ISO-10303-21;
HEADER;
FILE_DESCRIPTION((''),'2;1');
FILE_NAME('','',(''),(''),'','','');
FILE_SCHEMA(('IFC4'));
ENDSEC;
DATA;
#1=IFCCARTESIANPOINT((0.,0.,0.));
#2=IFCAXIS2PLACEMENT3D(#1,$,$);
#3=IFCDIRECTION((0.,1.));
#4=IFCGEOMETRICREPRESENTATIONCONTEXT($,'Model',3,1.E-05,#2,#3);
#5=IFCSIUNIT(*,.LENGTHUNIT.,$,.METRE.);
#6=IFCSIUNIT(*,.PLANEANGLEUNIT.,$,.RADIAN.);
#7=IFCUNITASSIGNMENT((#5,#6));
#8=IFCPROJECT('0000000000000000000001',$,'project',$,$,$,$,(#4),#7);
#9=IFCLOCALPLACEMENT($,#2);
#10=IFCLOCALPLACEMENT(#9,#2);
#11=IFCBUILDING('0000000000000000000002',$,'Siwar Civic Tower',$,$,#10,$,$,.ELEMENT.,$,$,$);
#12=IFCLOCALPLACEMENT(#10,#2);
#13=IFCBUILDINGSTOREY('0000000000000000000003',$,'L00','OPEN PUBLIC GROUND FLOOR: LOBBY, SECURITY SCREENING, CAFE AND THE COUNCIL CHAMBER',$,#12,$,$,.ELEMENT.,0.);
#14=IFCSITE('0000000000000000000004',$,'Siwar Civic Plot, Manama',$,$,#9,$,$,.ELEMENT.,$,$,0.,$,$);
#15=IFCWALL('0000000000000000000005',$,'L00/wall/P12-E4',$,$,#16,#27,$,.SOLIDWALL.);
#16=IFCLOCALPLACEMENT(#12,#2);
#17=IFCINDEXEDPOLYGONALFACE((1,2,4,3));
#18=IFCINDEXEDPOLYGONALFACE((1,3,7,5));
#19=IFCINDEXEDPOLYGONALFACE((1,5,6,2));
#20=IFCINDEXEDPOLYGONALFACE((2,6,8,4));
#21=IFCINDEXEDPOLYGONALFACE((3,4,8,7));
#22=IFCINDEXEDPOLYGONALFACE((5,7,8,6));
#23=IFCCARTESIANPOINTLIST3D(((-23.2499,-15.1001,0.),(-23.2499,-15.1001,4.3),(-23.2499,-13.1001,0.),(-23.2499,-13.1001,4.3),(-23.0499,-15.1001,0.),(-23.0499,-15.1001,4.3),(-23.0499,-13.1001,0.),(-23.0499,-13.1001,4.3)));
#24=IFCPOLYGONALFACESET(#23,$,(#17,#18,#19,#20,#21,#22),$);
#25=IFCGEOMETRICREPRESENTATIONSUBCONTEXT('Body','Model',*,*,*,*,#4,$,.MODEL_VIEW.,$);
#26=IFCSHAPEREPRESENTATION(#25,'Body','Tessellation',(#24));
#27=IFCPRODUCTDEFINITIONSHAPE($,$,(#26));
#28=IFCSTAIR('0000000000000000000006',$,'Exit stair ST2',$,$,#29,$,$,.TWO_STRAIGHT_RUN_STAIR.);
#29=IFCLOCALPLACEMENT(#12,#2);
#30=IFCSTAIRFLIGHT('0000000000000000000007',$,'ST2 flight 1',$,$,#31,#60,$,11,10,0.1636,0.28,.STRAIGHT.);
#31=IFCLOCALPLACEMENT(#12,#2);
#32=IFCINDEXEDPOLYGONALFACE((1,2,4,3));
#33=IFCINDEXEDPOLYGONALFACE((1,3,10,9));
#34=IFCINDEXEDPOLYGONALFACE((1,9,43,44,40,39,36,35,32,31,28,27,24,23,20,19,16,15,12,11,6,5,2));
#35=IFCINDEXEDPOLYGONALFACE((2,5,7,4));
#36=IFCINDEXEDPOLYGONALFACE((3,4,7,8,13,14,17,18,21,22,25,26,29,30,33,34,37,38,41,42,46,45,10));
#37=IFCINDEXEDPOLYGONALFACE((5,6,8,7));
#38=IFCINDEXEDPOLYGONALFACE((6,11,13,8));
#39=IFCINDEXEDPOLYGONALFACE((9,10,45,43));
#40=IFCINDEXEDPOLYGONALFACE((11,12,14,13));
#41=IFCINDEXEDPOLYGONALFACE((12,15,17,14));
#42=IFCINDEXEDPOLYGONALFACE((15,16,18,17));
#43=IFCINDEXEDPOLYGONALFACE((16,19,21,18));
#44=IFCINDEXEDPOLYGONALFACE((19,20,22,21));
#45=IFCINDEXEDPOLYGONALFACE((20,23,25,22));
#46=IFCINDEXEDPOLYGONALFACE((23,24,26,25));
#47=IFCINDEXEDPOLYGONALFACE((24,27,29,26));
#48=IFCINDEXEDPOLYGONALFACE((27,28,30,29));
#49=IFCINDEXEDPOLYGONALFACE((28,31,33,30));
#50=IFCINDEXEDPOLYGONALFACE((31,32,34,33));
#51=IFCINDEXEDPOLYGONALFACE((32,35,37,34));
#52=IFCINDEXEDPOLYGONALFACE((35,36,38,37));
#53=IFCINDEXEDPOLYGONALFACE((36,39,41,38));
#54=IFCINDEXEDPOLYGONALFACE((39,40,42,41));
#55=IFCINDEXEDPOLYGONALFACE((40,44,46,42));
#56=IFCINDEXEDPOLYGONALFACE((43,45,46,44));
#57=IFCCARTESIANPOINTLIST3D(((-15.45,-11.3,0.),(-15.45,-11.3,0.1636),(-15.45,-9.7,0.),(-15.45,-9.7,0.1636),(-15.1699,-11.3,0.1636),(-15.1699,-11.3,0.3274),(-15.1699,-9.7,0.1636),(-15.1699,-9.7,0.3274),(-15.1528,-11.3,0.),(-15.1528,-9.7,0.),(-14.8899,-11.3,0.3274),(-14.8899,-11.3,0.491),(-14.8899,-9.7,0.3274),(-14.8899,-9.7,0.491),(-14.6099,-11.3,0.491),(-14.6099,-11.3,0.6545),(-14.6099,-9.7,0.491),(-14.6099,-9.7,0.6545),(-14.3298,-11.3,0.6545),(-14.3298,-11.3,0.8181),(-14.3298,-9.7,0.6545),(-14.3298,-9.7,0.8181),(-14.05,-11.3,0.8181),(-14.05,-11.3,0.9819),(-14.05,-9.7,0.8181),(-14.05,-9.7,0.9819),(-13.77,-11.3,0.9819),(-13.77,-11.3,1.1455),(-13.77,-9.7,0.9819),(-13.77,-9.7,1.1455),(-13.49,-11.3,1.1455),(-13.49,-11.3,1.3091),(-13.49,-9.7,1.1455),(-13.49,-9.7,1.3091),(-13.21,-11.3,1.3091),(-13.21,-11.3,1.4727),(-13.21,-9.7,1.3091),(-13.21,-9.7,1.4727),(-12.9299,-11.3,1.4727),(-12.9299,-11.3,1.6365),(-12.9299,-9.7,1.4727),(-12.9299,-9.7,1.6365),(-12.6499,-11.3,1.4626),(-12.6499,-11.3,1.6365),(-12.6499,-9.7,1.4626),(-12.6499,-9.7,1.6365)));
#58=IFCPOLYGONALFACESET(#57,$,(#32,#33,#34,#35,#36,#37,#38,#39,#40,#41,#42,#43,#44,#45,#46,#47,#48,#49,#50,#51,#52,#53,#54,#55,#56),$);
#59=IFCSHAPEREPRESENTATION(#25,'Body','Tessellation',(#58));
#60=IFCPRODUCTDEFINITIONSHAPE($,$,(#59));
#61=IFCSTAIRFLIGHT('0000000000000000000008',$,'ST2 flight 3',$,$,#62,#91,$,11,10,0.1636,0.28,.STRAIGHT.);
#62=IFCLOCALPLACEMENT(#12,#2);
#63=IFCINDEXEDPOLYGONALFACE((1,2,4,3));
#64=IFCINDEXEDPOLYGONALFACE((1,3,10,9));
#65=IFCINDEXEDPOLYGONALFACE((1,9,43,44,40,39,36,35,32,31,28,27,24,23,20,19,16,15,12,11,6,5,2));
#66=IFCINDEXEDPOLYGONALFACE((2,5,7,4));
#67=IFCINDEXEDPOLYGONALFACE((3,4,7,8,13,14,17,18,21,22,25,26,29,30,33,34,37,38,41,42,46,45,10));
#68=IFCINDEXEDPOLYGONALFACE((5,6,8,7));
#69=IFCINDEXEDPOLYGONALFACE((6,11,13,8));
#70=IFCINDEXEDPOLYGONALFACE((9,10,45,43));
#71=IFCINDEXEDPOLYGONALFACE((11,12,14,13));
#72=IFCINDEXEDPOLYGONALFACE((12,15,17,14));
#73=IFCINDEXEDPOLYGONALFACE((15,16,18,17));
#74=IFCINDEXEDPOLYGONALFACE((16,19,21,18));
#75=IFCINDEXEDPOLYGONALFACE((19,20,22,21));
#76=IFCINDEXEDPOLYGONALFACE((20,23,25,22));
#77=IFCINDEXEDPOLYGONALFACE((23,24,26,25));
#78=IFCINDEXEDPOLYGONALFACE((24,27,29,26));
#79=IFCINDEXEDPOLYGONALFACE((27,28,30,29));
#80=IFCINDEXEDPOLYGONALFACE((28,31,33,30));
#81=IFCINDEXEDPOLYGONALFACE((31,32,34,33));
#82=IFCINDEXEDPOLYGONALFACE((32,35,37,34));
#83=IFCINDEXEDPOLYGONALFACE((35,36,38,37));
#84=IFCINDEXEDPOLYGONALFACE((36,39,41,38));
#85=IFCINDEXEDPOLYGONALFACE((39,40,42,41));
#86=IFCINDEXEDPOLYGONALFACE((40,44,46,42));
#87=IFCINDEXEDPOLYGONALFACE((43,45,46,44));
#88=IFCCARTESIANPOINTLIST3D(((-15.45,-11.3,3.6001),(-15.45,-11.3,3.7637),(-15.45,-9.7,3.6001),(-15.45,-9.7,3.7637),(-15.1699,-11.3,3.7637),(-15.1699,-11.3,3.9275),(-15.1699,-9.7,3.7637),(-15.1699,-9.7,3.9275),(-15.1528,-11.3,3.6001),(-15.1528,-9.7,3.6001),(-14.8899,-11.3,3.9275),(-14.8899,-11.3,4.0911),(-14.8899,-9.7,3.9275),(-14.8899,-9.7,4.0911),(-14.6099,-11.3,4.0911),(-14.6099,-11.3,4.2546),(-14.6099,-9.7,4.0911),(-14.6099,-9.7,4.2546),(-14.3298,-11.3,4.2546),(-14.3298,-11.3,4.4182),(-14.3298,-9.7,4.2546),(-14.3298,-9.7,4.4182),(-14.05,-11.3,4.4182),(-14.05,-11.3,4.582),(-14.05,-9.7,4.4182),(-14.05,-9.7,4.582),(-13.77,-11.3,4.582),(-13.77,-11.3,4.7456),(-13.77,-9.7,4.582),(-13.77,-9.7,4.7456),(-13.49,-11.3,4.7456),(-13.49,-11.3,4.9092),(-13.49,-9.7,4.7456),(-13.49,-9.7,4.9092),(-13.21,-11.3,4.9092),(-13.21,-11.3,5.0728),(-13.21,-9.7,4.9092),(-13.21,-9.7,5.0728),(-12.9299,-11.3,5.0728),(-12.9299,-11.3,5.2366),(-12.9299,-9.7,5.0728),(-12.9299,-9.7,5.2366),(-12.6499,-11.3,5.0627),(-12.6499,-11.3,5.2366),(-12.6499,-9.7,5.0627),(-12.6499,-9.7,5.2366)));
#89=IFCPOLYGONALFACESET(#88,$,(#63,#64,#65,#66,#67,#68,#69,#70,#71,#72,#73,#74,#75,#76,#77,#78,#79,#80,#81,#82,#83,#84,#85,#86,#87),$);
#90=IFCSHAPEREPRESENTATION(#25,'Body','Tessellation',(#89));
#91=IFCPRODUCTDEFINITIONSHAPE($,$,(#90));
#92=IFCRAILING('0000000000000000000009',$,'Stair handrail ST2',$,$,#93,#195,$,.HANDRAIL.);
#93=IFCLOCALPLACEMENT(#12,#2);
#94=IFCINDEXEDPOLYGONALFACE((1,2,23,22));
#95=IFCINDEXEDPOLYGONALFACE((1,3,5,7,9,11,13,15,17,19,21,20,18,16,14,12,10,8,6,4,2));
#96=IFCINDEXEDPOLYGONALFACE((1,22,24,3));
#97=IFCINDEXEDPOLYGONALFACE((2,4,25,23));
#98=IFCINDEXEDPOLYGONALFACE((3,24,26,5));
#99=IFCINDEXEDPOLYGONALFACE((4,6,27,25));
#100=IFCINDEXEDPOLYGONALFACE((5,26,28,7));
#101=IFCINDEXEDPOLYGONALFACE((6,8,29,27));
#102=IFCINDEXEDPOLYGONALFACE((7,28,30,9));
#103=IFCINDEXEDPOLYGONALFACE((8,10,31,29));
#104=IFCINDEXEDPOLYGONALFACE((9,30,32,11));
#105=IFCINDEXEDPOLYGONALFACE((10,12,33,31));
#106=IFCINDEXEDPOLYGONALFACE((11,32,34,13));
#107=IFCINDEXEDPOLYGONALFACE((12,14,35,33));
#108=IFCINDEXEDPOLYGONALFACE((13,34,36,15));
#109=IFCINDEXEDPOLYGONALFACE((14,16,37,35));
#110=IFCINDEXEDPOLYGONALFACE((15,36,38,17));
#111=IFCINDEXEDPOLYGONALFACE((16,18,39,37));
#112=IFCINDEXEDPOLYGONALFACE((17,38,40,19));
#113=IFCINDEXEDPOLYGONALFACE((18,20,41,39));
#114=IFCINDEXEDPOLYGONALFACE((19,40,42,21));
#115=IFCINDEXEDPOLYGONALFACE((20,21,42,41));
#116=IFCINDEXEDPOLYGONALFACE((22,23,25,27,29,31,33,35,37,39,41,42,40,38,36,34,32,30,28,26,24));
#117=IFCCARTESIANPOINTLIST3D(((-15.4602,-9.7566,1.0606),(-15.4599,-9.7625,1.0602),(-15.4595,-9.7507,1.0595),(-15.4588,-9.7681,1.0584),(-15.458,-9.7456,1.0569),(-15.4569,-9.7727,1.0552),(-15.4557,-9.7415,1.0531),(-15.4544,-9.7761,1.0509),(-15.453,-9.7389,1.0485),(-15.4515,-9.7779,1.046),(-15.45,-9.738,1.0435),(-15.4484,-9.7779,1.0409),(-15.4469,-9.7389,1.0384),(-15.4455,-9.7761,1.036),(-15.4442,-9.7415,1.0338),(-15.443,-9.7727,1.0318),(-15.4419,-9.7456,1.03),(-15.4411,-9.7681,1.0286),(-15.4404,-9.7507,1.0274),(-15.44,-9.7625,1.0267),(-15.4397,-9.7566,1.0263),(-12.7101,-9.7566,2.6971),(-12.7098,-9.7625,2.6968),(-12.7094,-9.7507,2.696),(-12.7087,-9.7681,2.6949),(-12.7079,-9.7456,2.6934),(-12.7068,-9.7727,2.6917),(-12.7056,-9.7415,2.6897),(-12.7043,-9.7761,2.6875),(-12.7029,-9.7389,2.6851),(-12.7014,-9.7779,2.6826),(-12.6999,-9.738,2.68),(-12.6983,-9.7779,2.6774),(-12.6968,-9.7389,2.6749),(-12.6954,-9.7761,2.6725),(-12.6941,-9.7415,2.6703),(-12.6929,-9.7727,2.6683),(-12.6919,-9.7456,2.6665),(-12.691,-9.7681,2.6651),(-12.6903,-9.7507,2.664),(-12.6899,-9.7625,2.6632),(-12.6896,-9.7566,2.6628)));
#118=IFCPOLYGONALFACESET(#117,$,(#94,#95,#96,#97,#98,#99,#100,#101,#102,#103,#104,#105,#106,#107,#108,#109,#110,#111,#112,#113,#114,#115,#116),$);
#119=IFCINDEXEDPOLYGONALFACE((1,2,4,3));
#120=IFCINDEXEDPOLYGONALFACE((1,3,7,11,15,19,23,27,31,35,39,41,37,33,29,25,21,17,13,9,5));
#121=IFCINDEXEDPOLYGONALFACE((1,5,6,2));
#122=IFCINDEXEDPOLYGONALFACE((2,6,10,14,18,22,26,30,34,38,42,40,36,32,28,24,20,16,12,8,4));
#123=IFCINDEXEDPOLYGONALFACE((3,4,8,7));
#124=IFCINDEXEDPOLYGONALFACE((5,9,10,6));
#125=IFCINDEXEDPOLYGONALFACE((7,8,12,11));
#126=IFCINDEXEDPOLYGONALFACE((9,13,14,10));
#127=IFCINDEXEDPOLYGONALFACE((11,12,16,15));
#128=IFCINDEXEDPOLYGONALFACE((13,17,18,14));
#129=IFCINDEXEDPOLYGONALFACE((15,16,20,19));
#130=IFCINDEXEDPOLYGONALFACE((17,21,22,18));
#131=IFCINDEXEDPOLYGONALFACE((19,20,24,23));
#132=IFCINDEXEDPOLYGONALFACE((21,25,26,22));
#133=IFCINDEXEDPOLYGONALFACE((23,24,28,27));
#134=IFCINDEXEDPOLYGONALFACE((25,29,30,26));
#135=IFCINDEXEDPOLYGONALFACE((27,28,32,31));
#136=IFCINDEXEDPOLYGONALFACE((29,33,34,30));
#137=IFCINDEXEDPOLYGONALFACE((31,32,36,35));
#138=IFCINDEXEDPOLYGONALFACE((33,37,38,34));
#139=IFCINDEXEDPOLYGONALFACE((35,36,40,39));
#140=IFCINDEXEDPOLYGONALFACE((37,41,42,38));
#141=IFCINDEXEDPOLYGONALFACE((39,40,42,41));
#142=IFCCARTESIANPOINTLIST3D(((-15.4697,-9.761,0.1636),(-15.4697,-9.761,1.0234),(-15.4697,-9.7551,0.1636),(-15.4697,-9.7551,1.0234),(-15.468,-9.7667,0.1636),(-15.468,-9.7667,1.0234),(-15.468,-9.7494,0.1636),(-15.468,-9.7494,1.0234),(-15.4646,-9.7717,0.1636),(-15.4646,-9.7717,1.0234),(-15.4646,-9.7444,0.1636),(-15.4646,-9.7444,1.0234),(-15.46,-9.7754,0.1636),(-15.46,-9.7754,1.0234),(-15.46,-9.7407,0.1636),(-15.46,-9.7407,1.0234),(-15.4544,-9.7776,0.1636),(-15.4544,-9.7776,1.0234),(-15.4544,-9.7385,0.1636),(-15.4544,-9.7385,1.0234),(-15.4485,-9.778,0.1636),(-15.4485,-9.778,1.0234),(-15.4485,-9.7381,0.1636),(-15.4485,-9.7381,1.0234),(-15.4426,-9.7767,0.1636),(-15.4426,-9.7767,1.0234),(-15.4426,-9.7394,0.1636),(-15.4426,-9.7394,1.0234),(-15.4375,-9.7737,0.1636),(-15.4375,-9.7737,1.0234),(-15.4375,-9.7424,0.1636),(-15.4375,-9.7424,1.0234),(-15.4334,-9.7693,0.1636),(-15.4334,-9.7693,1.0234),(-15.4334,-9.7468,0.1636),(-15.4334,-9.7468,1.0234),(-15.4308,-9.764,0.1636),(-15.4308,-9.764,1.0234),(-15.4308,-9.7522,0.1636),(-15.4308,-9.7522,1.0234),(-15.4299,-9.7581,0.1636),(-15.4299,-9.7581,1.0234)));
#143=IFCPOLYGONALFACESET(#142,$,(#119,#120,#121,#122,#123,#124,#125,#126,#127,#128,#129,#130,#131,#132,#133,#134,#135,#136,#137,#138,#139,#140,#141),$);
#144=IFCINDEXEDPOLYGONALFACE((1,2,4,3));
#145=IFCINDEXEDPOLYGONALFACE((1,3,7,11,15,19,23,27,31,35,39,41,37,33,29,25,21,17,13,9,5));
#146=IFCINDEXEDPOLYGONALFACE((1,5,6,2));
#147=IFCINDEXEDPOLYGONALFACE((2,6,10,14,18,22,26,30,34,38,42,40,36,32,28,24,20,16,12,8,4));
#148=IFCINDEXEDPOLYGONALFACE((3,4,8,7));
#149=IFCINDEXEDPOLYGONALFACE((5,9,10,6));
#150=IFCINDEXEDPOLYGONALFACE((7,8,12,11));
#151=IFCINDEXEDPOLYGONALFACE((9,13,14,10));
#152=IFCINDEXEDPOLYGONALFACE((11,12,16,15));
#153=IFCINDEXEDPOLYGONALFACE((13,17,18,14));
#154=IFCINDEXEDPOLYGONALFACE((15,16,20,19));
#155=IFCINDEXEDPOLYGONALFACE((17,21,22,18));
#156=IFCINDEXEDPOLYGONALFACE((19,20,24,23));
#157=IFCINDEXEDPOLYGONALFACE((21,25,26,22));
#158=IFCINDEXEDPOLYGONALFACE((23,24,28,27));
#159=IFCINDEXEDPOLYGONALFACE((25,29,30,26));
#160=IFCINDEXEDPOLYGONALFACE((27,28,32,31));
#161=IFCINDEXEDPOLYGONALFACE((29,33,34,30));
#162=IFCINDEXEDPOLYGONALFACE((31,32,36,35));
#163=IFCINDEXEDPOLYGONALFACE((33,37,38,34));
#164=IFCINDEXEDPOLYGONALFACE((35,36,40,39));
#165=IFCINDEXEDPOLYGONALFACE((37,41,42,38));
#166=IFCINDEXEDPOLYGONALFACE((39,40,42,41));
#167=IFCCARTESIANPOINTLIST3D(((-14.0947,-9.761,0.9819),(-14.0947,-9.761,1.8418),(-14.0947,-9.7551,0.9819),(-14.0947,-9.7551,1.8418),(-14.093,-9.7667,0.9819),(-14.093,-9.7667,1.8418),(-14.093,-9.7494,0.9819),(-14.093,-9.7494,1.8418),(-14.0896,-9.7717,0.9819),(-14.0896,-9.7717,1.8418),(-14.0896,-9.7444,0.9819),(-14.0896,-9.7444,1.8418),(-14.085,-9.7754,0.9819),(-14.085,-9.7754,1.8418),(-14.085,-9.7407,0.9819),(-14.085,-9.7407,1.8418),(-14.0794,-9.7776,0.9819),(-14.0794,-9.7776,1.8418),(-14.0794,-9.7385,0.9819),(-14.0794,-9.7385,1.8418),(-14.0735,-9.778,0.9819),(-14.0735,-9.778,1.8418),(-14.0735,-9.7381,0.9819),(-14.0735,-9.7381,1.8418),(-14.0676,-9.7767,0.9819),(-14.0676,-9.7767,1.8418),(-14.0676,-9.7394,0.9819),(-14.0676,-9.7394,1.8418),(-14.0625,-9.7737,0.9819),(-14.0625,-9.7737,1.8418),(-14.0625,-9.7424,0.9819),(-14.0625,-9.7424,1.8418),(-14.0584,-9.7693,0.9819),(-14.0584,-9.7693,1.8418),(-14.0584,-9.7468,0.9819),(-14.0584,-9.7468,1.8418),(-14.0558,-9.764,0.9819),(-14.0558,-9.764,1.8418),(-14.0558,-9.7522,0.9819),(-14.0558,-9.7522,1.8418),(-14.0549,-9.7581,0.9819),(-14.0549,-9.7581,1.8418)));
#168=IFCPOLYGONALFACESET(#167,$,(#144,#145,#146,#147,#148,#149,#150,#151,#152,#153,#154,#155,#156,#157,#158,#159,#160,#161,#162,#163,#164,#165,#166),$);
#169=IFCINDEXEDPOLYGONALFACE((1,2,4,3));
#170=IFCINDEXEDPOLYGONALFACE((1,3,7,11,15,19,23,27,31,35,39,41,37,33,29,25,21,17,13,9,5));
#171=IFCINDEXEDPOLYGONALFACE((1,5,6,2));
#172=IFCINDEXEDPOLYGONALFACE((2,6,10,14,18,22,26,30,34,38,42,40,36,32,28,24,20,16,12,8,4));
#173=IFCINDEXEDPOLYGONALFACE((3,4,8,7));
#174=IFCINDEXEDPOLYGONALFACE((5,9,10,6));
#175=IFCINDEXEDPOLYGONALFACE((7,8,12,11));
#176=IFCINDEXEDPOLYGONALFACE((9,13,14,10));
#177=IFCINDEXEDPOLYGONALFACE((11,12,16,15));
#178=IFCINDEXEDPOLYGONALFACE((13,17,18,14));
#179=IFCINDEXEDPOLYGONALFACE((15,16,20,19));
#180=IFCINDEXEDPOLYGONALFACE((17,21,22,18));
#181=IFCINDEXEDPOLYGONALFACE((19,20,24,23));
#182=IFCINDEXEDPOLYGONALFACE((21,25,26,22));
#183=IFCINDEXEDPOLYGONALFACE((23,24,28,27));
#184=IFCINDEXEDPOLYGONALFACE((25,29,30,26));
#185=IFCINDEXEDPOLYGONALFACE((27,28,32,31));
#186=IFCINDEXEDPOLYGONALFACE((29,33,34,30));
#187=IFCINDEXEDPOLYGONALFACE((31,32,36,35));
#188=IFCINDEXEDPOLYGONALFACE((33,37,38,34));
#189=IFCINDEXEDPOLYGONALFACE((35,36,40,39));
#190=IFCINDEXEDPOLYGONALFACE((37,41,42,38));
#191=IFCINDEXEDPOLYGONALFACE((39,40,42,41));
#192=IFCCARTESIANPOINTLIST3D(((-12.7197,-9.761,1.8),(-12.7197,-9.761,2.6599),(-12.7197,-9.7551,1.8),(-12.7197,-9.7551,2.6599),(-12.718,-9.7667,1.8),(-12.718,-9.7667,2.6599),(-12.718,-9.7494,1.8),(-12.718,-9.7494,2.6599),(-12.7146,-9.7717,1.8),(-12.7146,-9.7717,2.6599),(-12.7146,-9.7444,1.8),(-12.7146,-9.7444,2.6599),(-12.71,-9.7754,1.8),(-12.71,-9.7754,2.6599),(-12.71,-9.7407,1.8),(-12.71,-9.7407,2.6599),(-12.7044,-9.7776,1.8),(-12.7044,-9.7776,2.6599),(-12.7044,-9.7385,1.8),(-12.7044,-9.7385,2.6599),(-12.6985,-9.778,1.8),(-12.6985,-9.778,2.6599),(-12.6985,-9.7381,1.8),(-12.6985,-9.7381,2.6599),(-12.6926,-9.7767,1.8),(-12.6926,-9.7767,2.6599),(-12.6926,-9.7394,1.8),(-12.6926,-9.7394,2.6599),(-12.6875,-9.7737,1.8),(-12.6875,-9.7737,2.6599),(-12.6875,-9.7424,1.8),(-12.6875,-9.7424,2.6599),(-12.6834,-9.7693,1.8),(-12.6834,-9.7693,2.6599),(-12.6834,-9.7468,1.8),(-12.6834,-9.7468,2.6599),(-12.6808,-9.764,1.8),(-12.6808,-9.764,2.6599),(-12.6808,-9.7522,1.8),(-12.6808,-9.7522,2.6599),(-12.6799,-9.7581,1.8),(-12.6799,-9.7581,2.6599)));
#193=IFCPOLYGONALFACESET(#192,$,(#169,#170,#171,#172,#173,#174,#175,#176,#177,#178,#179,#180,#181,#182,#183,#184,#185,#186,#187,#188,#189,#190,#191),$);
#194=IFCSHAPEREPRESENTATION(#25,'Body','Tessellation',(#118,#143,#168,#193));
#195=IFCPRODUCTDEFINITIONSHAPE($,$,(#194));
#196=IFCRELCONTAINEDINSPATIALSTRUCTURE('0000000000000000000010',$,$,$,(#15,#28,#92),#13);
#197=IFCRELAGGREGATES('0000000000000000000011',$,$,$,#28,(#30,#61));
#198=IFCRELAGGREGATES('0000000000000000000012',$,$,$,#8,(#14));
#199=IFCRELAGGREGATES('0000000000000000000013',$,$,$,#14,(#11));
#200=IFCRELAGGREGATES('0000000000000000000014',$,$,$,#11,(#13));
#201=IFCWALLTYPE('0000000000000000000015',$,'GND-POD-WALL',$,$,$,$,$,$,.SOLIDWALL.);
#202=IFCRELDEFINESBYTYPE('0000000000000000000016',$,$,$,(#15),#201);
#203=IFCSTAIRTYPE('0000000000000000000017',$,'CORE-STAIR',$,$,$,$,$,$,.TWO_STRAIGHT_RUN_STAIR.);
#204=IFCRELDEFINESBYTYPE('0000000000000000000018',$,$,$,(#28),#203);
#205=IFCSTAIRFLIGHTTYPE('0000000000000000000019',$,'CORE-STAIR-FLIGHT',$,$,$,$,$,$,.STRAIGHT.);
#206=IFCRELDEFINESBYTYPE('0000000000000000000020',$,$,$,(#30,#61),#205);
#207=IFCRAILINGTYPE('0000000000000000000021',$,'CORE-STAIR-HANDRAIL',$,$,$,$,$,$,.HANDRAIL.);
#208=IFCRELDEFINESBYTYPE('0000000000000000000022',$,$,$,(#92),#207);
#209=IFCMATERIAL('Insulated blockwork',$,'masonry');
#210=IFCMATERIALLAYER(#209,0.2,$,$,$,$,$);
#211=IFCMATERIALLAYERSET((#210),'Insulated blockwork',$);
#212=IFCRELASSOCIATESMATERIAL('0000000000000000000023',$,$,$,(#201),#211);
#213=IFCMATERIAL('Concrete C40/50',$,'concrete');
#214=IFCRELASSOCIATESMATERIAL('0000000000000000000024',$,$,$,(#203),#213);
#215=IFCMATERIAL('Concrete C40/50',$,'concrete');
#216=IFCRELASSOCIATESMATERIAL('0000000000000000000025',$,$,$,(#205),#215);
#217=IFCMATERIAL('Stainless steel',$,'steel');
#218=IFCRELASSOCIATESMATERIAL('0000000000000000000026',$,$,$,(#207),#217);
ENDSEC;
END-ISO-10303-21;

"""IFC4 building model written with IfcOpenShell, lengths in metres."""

from ifc_helpers import new_model, si_unit, direction, frame, frame_2d, origin, origin_2d, place, context, subcontext, project, spatial, polyline, rectangle, circle, outline, extrude, material, layer, layer_set, type_object, element, aggregate, save


model = new_model("IFC4")

# Units and contexts
model_context = context("Model", 3, precision=1e-05, world=origin(), true_north=direction((0.0, 1.0)))
body_context = subcontext(model_context, "Body", "Model", "MODEL_VIEW")
ifc_project = project(units=[si_unit("LENGTHUNIT", "METRE"), si_unit("PLANEANGLEUNIT", "RADIAN")], contexts=[model_context])

# Site, building, storey
site_placement = place(None, origin())
site = spatial("IfcSite", under=ifc_project, at=site_placement, Name="Siwar Civic Plot, Manama", CompositionType="ELEMENT", RefElevation=0.0)
building_placement = place(site_placement, origin())
building = spatial("IfcBuilding", under=site, at=building_placement, Name="Siwar Civic Tower", CompositionType="ELEMENT")
storey_placement = place(building_placement, origin())
storey = spatial("IfcBuildingStorey", under=building, at=storey_placement, Name="L00", Description="OPEN PUBLIC GROUND FLOOR: LOBBY, SECURITY SCREENING, CAFE AND THE COUNCIL CHAMBER", CompositionType="ELEMENT", Elevation=0.0)

# Shared definitions
ifc_material_1 = material(Name="Insulated blockwork", Category="masonry")
ifc_layer_1 = layer(ifc_material_1, 0.2)
ifc_layer_set_1 = layer_set([ifc_layer_1], Name="Insulated blockwork")
wall_type_1 = type_object("IfcWallType", Name="GND-POD-WALL", PredefinedType="SOLIDWALL", material=ifc_layer_set_1)

# Wall
wall_1_placement = place(storey_placement, frame((-23.1499, -15.1001, 0.0), z_axis=(0.0, 0.0, 1.0), x_axis=(0.0, 1.0, 0.0)))
element("IfcWall", 1, at=wall_1_placement, inside=storey, type_object=wall_type_1, Name="L00/wall/P12-E4", PredefinedType="SOLIDWALL", context=body_context, shape_type="SweptSolid", body=[
    extrude(rectangle(XDim=2.0, YDim=0.2, at=frame_2d((1.0, 0.0))), origin(), (0.0, 0.0, 1.0), 4.3),
])

# Stair, stair flights
ifc_material_2 = material(Name="Concrete C40/50", Category="concrete")
stair_type = type_object("IfcStairType", Name="CORE-STAIR", PredefinedType="TWO_STRAIGHT_RUN_STAIR", material=ifc_material_2)
stair_placement = place(storey_placement, origin())
stair = element("IfcStair", 2, at=stair_placement, inside=storey, type_object=stair_type, Name="Exit stair ST2", PredefinedType="TWO_STRAIGHT_RUN_STAIR")
ifc_material_3 = material(Name="Concrete C40/50", Category="concrete")
stair_flight_type = type_object("IfcStairFlightType", Name="CORE-STAIR-FLIGHT", PredefinedType="STRAIGHT", material=ifc_material_3)
stair_flight_1_placement = place(storey_placement, frame((-15.45, -10.5, 0.0), z_axis=(0.0, 0.0, 1.0), x_axis=(1.0, 0.0, 0.0)))
stair_flight_1 = element("IfcStairFlight", 3, at=stair_flight_1_placement, type_object=stair_flight_type, Name="ST2 flight 1", NumberOfRisers=11, NumberOfTreads=10, PredefinedType="STRAIGHT", RiserHeight=0.1636, TreadLength=0.28, context=body_context, shape_type="SweptSolid", body=[
    extrude(outline(polyline([(0.0, 0.0), (0.0, 0.1636), (0.28, 0.1636), (0.28, 0.3274), (0.5601, 0.3274), (0.5601, 0.491), (0.8401, 0.491), (0.8401, 0.6545), (1.1201, 0.6545), (1.1201, 0.8181), (1.3999, 0.8181), (1.3999, 0.9819), (1.6799, 0.9819), (1.6799, 1.1455), (1.96, 1.1455), (1.96, 1.3091), (2.24, 1.3091), (2.24, 1.4727), (2.52, 1.4727), (2.52, 1.6365), (2.8, 1.6365), (2.8, 1.8), (2.8, 1.4626), (0.2971, 0.0), (0.0, 0.0)])), frame((0.0, 0.8, 0.0), z_axis=(0.0, -1.0, 0.0), x_axis=(1.0, 0.0, 0.0)), (0.0, 0.0, 1.0), 1.6001),
])
stair_flight_2_placement = place(storey_placement, frame((-15.45, -10.5, 3.6001), z_axis=(0.0, 0.0, 1.0), x_axis=(1.0, 0.0, 0.0)))
stair_flight_2 = element("IfcStairFlight", 4, at=stair_flight_2_placement, type_object=stair_flight_type, Name="ST2 flight 3", NumberOfRisers=11, NumberOfTreads=10, PredefinedType="STRAIGHT", RiserHeight=0.1636, TreadLength=0.28, context=body_context, shape_type="SweptSolid", body=[
    extrude(outline(polyline([(0.0, 0.0), (0.0, 0.1636), (0.28, 0.1636), (0.28, 0.3274), (0.5601, 0.3274), (0.5601, 0.491), (0.8401, 0.491), (0.8401, 0.6545), (1.1201, 0.6545), (1.1201, 0.8181), (1.3999, 0.8181), (1.3999, 0.9819), (1.6799, 0.9819), (1.6799, 1.1455), (1.96, 1.1455), (1.96, 1.3091), (2.24, 1.3091), (2.24, 1.4727), (2.52, 1.4727), (2.52, 1.6365), (2.8, 1.6365), (2.8, 1.8), (2.8, 1.4626), (0.2971, 0.0), (0.0, 0.0)])), frame((0.0, 0.8, 0.0), z_axis=(0.0, -1.0, 0.0), x_axis=(1.0, 0.0, 0.0)), (0.0, 0.0, 1.0), 1.6001),
])
aggregate(stair, [stair_flight_1, stair_flight_2])

# Railing
ifc_material_4 = material(Name="Stainless steel", Category="steel")
railing_type = type_object("IfcRailingType", Name="CORE-STAIR-HANDRAIL", PredefinedType="HANDRAIL", material=ifc_material_4)
railing_1_placement = place(storey_placement, frame((-15.45, -9.7581, 0.1636)))
element("IfcRailing", 5, at=railing_1_placement, inside=storey, type_object=railing_type, Name="Stair handrail ST2", PredefinedType="HANDRAIL", context=body_context, shape_type="SweptSolid", body=[
    extrude(circle(Radius=0.02, at=origin_2d()), frame((0.0, 0.0, 0.8799), z_axis=(0.859352, 0.0, 0.511385), x_axis=(0.0, 1.0, 0.0)), (0.0, 0.0, 1.0), 3.2002),
    extrude(circle(Radius=0.02, at=origin_2d()), origin(), (0.0, 0.0, 1.0), 0.8599),
    extrude(circle(Radius=0.02, at=origin_2d()), frame((1.375, 0.0, 0.8184)), (0.0, 0.0, 1.0), 0.8599),
    extrude(circle(Radius=0.02, at=origin_2d()), frame((2.75, 0.0, 1.6365)), (0.0, 0.0, 1.0), 0.8599),
])

save(model, "model.ifc")
